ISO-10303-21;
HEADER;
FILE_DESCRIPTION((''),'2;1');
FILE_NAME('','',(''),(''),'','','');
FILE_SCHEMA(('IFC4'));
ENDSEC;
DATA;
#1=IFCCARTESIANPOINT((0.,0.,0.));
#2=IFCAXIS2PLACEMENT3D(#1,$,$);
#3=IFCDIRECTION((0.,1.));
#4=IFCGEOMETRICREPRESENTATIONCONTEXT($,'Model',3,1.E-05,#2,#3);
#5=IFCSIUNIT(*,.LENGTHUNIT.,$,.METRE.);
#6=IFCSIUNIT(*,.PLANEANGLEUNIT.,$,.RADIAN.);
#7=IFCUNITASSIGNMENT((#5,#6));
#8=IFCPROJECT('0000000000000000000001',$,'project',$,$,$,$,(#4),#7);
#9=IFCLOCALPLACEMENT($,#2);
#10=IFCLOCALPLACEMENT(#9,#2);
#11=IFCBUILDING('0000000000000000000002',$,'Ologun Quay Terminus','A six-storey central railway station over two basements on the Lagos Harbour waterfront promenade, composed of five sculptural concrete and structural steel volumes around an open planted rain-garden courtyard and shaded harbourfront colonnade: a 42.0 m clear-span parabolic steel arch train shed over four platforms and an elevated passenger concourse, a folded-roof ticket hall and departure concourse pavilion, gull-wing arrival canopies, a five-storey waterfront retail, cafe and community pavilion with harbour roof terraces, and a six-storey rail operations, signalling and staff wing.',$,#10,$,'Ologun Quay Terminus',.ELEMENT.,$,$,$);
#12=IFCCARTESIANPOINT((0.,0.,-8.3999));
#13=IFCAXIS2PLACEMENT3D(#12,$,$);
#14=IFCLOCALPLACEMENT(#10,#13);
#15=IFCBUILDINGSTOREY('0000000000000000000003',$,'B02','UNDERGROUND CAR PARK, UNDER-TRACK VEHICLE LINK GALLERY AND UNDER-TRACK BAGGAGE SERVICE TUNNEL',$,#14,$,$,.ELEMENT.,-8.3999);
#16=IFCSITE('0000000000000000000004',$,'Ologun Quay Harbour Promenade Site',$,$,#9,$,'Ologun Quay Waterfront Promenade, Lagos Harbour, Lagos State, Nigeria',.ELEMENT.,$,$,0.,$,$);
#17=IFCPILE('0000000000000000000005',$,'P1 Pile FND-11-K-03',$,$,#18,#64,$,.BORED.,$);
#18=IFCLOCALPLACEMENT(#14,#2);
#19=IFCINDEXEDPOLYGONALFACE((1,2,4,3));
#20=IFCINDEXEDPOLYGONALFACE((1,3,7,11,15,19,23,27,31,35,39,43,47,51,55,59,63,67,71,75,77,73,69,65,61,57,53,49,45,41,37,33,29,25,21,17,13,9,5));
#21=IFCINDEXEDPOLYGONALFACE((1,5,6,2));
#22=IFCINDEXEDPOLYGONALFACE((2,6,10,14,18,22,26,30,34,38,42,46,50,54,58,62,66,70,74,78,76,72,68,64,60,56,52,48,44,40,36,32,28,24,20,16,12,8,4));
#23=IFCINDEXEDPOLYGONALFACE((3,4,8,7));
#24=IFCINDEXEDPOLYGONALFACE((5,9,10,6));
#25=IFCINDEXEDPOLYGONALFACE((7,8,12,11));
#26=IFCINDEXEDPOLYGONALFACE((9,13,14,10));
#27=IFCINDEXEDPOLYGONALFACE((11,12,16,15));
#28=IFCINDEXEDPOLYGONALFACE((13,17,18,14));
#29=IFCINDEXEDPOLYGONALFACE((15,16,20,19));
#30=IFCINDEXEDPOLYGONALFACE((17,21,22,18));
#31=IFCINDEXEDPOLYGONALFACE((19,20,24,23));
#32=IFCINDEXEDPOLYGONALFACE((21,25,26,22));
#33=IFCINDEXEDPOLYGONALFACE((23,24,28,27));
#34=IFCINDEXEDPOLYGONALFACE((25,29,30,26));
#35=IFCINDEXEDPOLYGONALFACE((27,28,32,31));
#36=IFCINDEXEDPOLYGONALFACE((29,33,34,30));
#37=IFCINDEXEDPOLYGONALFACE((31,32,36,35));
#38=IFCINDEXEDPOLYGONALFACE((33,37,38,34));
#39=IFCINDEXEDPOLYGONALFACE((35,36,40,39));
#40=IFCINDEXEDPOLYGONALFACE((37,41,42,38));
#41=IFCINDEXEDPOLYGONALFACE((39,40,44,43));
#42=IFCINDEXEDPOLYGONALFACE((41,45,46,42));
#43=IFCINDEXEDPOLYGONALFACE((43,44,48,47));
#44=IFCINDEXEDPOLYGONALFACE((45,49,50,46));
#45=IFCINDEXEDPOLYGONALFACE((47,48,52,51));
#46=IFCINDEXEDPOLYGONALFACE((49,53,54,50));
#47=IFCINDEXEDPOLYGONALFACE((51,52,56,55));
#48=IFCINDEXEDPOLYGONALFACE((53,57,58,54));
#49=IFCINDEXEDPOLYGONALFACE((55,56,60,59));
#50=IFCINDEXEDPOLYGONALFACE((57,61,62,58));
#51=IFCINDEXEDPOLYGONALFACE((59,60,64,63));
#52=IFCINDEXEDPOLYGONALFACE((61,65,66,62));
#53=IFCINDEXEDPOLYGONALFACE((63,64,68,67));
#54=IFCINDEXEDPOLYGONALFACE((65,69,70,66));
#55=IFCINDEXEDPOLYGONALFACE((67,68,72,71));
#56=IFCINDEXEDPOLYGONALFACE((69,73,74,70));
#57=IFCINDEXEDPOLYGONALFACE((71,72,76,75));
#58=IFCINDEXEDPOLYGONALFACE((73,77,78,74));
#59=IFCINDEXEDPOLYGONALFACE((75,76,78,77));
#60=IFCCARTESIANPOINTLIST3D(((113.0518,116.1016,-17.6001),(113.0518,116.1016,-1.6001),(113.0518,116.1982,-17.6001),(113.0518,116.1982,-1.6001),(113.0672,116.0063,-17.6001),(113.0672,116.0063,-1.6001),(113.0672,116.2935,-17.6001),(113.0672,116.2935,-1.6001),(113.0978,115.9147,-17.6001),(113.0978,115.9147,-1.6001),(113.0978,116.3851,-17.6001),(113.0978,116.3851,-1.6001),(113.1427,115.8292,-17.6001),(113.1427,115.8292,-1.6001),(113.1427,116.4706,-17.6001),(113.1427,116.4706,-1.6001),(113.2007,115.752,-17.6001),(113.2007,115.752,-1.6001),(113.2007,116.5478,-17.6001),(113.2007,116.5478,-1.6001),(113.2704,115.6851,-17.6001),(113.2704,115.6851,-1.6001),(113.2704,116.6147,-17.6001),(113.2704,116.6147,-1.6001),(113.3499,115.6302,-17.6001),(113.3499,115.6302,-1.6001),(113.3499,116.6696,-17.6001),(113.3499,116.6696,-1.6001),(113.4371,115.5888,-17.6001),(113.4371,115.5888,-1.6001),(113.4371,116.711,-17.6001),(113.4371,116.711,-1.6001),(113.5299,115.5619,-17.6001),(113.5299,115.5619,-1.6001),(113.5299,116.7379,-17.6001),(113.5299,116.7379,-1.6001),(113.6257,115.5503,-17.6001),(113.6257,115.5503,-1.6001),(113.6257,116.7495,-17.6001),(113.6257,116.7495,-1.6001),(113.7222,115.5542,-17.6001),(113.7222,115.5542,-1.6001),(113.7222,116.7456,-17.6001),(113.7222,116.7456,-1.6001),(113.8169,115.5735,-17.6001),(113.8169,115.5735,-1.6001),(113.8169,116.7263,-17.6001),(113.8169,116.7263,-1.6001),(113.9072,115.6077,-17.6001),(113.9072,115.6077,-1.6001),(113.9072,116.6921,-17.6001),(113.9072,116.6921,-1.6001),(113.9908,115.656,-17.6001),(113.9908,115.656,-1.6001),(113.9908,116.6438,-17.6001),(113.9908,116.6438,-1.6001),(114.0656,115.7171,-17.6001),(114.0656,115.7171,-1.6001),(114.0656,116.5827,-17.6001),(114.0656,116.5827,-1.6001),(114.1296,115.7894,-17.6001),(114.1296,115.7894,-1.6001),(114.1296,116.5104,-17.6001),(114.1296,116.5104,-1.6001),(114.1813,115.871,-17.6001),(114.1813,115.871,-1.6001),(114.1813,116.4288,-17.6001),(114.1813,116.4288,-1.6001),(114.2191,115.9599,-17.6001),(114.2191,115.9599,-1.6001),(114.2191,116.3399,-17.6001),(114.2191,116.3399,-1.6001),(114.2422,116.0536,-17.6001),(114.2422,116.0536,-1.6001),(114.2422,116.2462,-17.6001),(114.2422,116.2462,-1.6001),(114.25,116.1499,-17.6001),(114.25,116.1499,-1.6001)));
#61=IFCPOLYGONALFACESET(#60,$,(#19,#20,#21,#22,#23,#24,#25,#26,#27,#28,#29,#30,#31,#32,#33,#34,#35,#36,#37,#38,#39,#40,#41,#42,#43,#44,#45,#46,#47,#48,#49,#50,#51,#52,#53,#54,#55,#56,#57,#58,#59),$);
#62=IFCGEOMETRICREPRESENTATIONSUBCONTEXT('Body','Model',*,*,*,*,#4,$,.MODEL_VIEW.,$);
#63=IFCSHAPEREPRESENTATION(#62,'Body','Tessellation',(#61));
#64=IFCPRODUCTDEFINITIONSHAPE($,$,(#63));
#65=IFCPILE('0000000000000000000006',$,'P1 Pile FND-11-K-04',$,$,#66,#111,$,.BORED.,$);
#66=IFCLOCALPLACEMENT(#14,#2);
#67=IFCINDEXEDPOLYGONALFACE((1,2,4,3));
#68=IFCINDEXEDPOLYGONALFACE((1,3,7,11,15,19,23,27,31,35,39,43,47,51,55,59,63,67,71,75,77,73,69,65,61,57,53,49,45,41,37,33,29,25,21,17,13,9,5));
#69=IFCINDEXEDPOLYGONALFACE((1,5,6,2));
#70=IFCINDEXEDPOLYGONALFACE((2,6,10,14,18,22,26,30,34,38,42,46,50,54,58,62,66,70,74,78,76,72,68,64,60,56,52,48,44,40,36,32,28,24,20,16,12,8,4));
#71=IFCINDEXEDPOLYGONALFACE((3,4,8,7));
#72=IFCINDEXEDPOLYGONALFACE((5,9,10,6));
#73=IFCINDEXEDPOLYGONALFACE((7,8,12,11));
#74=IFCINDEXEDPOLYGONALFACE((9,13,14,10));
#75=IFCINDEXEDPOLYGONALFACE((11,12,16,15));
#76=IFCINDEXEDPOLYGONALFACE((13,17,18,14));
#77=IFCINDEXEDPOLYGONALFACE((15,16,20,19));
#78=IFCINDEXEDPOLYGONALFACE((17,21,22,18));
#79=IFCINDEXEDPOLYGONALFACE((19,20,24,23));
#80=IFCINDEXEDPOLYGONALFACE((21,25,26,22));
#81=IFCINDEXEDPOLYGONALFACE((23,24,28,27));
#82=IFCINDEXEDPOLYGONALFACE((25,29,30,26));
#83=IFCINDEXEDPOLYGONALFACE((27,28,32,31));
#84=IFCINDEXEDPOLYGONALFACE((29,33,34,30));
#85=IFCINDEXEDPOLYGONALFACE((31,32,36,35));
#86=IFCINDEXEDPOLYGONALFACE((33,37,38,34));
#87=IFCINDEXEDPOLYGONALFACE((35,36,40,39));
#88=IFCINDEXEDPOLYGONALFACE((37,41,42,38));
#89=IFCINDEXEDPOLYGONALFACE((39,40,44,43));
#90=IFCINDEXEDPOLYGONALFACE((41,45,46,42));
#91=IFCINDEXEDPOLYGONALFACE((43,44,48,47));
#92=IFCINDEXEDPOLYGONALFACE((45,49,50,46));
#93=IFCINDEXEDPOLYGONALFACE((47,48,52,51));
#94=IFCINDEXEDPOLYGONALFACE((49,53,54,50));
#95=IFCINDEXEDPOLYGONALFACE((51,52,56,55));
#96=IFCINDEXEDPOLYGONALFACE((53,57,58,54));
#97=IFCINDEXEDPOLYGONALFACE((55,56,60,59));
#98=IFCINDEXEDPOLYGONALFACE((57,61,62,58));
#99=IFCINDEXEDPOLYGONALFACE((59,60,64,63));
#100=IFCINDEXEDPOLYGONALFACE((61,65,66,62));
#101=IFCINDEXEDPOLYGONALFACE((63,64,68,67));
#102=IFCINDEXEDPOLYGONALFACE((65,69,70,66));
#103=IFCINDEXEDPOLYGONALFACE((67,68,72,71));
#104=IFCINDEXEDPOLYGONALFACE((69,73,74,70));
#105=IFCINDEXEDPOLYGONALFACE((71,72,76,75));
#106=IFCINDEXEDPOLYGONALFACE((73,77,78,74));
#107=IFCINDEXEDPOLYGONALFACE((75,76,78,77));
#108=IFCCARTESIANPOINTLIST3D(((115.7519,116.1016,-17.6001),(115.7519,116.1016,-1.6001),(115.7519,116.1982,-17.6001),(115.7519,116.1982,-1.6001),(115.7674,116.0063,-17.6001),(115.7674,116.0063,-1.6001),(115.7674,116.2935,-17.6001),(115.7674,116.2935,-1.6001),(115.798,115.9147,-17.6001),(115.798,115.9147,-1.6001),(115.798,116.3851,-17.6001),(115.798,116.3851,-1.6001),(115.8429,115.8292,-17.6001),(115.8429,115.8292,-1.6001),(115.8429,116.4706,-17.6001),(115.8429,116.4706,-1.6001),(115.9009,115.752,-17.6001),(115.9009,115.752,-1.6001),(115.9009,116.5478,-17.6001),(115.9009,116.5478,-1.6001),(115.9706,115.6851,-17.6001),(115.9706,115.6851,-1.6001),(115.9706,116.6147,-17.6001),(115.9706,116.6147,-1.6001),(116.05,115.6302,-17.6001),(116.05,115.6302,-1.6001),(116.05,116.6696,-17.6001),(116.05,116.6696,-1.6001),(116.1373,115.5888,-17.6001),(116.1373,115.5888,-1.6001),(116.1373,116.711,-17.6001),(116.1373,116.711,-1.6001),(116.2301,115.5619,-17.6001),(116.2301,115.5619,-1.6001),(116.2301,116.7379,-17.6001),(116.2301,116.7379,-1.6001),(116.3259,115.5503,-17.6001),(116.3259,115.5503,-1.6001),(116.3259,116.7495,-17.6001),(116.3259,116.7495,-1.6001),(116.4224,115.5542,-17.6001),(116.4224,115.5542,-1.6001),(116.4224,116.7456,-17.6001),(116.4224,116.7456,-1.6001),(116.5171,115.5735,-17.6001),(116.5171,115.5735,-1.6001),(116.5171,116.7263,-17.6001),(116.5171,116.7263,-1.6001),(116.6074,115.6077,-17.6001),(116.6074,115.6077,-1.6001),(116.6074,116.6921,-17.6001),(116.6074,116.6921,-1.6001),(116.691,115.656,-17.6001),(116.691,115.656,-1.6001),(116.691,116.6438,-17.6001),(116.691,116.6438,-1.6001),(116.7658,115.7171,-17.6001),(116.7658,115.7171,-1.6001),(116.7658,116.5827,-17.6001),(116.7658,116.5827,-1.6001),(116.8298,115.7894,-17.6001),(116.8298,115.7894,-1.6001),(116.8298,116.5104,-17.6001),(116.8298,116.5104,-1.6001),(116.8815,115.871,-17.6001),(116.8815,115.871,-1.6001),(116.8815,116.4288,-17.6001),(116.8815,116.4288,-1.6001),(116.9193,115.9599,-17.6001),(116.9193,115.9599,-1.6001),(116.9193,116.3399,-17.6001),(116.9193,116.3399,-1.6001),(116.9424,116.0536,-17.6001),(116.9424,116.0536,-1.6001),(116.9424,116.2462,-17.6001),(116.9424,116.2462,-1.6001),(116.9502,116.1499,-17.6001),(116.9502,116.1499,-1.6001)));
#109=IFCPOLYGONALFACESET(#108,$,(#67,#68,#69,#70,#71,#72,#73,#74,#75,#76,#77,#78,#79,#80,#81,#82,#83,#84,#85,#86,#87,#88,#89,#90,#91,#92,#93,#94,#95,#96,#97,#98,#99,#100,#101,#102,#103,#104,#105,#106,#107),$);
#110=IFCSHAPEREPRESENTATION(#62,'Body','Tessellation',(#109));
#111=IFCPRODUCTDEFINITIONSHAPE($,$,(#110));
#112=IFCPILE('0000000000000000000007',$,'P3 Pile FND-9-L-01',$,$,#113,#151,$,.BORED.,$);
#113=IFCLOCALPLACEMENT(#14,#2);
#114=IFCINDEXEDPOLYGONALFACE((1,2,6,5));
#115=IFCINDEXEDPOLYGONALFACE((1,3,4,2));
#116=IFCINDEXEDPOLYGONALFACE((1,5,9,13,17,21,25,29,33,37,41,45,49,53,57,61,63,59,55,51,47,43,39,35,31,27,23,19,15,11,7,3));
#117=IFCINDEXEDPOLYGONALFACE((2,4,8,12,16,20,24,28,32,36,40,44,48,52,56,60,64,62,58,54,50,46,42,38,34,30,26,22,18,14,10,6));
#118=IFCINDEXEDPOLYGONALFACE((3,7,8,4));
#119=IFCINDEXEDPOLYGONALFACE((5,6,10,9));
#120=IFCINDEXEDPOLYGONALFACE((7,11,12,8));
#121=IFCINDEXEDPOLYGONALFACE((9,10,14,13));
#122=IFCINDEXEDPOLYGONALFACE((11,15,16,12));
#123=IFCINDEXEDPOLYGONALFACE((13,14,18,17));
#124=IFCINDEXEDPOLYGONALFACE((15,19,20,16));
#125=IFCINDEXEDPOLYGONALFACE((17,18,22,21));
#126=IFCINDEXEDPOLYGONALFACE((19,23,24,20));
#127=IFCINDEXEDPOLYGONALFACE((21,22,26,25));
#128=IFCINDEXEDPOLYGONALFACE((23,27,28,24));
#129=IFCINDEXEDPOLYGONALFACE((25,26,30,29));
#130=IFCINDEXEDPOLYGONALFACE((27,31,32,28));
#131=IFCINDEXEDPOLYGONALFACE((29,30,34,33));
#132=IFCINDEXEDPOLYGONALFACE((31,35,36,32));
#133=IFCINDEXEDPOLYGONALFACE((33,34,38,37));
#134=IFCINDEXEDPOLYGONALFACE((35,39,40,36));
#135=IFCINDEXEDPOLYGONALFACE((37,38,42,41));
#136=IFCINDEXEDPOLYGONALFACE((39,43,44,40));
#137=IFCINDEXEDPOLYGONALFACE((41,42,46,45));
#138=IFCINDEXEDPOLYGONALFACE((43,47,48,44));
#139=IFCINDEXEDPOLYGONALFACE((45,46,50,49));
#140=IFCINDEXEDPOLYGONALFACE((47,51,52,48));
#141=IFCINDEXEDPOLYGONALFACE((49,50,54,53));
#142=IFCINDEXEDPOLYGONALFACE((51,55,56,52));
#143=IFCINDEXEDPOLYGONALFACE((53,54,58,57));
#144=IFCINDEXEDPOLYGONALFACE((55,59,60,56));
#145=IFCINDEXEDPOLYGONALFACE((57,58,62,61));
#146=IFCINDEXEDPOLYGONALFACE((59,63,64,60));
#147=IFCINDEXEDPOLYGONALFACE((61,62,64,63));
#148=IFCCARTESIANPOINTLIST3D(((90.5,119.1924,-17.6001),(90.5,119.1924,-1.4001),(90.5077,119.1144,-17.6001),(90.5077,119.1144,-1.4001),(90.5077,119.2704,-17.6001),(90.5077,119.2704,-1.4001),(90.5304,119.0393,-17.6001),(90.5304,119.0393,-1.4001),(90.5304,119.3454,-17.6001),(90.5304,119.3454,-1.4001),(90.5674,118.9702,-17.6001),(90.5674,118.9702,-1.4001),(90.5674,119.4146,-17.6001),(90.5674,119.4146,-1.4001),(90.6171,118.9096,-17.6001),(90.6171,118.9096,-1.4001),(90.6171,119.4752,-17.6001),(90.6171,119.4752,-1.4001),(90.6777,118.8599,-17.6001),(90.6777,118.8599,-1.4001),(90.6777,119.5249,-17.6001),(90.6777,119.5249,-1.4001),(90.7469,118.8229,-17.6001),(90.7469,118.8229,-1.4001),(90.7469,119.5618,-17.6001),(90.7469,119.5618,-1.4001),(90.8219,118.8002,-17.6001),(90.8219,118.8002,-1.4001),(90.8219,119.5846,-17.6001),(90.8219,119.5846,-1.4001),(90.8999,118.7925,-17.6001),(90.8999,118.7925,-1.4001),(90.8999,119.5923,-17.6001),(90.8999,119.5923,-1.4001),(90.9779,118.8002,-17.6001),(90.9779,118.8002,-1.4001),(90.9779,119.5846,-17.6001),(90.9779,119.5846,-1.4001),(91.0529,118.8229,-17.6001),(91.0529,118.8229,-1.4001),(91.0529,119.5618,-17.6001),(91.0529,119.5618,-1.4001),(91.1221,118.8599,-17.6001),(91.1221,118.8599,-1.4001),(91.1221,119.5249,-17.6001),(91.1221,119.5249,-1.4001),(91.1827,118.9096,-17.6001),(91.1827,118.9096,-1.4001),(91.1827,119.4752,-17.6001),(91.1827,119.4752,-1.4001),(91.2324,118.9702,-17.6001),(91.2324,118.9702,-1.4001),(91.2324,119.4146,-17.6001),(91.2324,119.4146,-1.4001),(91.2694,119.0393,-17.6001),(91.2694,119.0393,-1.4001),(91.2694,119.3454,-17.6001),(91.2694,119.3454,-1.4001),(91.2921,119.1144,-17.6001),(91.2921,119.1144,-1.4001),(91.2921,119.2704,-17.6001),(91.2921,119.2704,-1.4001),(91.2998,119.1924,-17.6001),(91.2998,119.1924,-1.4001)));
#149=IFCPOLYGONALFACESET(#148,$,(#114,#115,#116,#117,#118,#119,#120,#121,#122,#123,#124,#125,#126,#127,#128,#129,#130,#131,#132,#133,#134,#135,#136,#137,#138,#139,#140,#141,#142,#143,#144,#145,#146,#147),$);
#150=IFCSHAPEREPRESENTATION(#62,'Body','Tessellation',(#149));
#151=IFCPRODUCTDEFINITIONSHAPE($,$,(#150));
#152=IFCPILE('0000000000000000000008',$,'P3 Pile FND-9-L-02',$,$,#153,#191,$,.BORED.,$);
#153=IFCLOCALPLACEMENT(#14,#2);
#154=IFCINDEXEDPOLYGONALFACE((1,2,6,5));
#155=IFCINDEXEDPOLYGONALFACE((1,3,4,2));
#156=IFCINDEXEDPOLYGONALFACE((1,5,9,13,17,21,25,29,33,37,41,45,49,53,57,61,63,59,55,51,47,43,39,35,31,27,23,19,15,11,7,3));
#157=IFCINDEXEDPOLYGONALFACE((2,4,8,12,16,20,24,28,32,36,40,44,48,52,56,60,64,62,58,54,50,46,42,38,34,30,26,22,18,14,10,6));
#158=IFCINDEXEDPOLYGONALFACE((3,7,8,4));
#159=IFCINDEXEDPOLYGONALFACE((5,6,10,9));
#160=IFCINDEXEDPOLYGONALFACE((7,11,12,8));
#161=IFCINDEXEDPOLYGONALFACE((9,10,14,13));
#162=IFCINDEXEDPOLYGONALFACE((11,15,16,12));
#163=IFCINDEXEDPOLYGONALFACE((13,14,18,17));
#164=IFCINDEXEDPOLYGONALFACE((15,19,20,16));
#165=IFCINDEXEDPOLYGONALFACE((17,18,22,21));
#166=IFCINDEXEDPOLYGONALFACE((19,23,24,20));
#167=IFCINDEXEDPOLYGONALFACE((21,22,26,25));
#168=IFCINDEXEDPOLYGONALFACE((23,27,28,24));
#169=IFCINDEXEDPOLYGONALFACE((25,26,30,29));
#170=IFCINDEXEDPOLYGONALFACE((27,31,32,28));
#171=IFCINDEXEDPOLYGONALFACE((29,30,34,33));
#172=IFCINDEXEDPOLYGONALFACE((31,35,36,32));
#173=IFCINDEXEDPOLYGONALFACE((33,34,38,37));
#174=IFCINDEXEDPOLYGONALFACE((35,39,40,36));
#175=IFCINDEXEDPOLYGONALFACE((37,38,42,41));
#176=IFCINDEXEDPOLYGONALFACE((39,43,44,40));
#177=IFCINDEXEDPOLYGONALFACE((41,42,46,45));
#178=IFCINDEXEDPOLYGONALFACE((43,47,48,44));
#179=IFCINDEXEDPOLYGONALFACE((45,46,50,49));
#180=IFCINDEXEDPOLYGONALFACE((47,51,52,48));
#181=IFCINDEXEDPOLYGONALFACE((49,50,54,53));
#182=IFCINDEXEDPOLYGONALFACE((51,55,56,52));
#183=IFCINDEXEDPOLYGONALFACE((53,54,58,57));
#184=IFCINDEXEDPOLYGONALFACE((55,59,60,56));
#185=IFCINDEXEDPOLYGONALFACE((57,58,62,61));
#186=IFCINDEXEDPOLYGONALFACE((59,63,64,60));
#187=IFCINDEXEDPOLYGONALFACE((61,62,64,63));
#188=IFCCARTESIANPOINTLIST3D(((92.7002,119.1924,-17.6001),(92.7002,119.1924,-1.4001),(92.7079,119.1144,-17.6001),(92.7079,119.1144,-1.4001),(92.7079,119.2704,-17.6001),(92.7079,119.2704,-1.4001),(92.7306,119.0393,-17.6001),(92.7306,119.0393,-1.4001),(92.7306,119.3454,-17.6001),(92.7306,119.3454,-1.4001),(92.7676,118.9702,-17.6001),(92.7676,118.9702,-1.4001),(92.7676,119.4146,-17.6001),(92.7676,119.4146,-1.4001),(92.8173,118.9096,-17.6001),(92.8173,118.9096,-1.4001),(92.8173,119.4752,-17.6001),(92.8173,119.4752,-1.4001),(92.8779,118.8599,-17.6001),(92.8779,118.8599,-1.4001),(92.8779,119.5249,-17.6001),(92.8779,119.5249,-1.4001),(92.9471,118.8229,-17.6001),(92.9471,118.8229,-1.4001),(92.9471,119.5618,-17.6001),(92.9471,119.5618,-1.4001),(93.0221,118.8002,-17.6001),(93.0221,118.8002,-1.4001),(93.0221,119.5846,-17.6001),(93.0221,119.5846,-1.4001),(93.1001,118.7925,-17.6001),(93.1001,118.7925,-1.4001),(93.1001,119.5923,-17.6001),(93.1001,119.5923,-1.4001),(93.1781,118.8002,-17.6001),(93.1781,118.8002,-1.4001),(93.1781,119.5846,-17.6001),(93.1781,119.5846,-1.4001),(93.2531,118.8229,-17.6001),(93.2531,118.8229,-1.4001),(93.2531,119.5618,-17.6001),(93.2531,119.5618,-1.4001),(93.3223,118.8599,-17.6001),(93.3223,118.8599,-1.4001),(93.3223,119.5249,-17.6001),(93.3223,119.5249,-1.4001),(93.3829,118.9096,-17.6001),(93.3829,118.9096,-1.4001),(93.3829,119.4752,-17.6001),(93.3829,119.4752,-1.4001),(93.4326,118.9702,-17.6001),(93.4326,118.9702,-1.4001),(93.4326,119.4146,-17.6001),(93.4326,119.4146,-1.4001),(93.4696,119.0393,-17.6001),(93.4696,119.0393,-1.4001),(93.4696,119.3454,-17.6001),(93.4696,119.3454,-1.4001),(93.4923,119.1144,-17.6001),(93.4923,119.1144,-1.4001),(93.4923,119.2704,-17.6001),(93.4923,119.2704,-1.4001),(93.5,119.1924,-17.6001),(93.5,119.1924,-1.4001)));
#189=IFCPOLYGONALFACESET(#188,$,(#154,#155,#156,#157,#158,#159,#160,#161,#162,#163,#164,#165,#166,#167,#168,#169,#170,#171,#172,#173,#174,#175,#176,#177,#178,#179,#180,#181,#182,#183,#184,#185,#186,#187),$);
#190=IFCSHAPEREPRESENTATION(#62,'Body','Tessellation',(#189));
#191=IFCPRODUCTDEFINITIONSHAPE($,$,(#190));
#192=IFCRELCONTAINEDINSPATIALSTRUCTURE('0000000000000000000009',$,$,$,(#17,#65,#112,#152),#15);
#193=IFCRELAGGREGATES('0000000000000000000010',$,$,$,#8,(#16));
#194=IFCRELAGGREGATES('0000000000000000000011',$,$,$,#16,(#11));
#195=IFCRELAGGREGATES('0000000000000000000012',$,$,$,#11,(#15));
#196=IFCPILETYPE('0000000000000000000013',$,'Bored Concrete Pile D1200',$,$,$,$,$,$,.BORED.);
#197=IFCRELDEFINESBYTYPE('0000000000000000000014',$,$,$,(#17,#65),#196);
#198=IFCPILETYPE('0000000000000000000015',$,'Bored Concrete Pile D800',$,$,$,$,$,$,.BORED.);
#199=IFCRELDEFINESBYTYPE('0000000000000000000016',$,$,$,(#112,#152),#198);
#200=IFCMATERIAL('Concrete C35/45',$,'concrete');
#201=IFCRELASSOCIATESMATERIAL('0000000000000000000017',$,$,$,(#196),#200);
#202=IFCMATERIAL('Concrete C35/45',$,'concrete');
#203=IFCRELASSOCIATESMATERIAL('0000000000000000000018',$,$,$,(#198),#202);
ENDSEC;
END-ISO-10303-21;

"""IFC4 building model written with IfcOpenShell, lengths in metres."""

from ifc_helpers import new_model, si_unit, direction, frame, origin, origin_2d, place, context, subcontext, project, spatial, circle, extrude, material, material_profile, profile_set, type_object, element, save


model = new_model("IFC4")

# Units and contexts
model_context = context("Model", 3, precision=1e-05, world=origin(), true_north=direction((0.0, 1.0)))
body_context = subcontext(model_context, "Body", "Model", "MODEL_VIEW")
ifc_project = project(units=[si_unit("LENGTHUNIT", "METRE"), si_unit("PLANEANGLEUNIT", "RADIAN")], contexts=[model_context])

# Site, building, storey
site_placement = place(None, origin())
site = spatial("IfcSite", under=ifc_project, at=site_placement, Name="Ologun Quay Harbour Promenade Site", LongName="Ologun Quay Waterfront Promenade, Lagos Harbour, Lagos State, Nigeria", CompositionType="ELEMENT", RefElevation=0.0)
building_placement = place(site_placement, origin())
building = spatial("IfcBuilding", under=site, at=building_placement, Name="Ologun Quay Terminus", Description="A six-storey central railway station over two basements on the Lagos Harbour waterfront promenade, composed of five sculptural concrete and structural steel volumes around an open planted rain-garden courtyard and shaded harbourfront colonnade: a 42.0 m clear-span parabolic steel arch train shed over four platforms and an elevated passenger concourse, a folded-roof ticket hall and departure concourse pavilion, gull-wing arrival canopies, a five-storey waterfront retail, cafe and community pavilion with harbour roof terraces, and a six-storey rail operations, signalling and staff wing.", LongName="Ologun Quay Terminus", CompositionType="ELEMENT")
storey_placement = place(building_placement, frame((0.0, 0.0, -8.3999)))
storey = spatial("IfcBuildingStorey", under=building, at=storey_placement, Name="B02", Description="UNDERGROUND CAR PARK, UNDER-TRACK VEHICLE LINK GALLERY AND UNDER-TRACK BAGGAGE SERVICE TUNNEL", CompositionType="ELEMENT", Elevation=-8.3999)

# Piles
ifc_material_1 = material(Name="Concrete C35/45", Category="concrete")
ifc_material_profile_1 = material_profile(ifc_material_1, circle(Radius=0.6001, at=origin_2d()), Name="PILE D1200")
ifc_profile_set_1 = profile_set([ifc_material_profile_1], Name="Concrete C35/45")
pile_type_1 = type_object("IfcPileType", Name="Bored Concrete Pile D1200", PredefinedType="BORED", material=ifc_profile_set_1)
for number, where, z_axis, x_axis, name in (
    (1, (113.6499, 116.1499, -1.6001), (0.0, 0.0, -1.0), (1.0, 0.0, 0.0), "P1 Pile FND-11-K-03"),
    (2, (116.3501, 116.1499, -1.6001), (0.0, 0.0, -1.0), (1.0, 0.0, 0.0), "P1 Pile FND-11-K-04"),
):
    element("IfcPile", number, at=place(storey_placement, frame(where, z_axis=z_axis, x_axis=x_axis)), inside=storey, type_object=pile_type_1, Name=name, PredefinedType="BORED", context=body_context, shape_type="SweptSolid", body=[
        extrude(circle(Radius=0.6001, at=origin_2d()), origin(), (0.0, 0.0, 1.0), 16.0),
    ])
ifc_material_2 = material(Name="Concrete C35/45", Category="concrete")
ifc_material_profile_2 = material_profile(ifc_material_2, circle(Radius=0.3999, at=origin_2d()), Name="PILE D800")
ifc_profile_set_2 = profile_set([ifc_material_profile_2], Name="Concrete C35/45")
pile_type_2 = type_object("IfcPileType", Name="Bored Concrete Pile D800", PredefinedType="BORED", material=ifc_profile_set_2)
for number, where, z_axis, x_axis, name in (
    (3, (90.8999, 119.1924, -1.4001), (0.0, 0.0, -1.0), (1.0, 0.0, 0.0), "P3 Pile FND-9-L-01"),
    (4, (93.1001, 119.1924, -1.4001), (0.0, 0.0, -1.0), (1.0, 0.0, 0.0), "P3 Pile FND-9-L-02"),
):
    element("IfcPile", number, at=place(storey_placement, frame(where, z_axis=z_axis, x_axis=x_axis)), inside=storey, type_object=pile_type_2, Name=name, PredefinedType="BORED", context=body_context, shape_type="SweptSolid", body=[
        extrude(circle(Radius=0.3999, at=origin_2d()), origin(), (0.0, 0.0, 1.0), 16.2),
    ])

save(model, "model.ifc")
